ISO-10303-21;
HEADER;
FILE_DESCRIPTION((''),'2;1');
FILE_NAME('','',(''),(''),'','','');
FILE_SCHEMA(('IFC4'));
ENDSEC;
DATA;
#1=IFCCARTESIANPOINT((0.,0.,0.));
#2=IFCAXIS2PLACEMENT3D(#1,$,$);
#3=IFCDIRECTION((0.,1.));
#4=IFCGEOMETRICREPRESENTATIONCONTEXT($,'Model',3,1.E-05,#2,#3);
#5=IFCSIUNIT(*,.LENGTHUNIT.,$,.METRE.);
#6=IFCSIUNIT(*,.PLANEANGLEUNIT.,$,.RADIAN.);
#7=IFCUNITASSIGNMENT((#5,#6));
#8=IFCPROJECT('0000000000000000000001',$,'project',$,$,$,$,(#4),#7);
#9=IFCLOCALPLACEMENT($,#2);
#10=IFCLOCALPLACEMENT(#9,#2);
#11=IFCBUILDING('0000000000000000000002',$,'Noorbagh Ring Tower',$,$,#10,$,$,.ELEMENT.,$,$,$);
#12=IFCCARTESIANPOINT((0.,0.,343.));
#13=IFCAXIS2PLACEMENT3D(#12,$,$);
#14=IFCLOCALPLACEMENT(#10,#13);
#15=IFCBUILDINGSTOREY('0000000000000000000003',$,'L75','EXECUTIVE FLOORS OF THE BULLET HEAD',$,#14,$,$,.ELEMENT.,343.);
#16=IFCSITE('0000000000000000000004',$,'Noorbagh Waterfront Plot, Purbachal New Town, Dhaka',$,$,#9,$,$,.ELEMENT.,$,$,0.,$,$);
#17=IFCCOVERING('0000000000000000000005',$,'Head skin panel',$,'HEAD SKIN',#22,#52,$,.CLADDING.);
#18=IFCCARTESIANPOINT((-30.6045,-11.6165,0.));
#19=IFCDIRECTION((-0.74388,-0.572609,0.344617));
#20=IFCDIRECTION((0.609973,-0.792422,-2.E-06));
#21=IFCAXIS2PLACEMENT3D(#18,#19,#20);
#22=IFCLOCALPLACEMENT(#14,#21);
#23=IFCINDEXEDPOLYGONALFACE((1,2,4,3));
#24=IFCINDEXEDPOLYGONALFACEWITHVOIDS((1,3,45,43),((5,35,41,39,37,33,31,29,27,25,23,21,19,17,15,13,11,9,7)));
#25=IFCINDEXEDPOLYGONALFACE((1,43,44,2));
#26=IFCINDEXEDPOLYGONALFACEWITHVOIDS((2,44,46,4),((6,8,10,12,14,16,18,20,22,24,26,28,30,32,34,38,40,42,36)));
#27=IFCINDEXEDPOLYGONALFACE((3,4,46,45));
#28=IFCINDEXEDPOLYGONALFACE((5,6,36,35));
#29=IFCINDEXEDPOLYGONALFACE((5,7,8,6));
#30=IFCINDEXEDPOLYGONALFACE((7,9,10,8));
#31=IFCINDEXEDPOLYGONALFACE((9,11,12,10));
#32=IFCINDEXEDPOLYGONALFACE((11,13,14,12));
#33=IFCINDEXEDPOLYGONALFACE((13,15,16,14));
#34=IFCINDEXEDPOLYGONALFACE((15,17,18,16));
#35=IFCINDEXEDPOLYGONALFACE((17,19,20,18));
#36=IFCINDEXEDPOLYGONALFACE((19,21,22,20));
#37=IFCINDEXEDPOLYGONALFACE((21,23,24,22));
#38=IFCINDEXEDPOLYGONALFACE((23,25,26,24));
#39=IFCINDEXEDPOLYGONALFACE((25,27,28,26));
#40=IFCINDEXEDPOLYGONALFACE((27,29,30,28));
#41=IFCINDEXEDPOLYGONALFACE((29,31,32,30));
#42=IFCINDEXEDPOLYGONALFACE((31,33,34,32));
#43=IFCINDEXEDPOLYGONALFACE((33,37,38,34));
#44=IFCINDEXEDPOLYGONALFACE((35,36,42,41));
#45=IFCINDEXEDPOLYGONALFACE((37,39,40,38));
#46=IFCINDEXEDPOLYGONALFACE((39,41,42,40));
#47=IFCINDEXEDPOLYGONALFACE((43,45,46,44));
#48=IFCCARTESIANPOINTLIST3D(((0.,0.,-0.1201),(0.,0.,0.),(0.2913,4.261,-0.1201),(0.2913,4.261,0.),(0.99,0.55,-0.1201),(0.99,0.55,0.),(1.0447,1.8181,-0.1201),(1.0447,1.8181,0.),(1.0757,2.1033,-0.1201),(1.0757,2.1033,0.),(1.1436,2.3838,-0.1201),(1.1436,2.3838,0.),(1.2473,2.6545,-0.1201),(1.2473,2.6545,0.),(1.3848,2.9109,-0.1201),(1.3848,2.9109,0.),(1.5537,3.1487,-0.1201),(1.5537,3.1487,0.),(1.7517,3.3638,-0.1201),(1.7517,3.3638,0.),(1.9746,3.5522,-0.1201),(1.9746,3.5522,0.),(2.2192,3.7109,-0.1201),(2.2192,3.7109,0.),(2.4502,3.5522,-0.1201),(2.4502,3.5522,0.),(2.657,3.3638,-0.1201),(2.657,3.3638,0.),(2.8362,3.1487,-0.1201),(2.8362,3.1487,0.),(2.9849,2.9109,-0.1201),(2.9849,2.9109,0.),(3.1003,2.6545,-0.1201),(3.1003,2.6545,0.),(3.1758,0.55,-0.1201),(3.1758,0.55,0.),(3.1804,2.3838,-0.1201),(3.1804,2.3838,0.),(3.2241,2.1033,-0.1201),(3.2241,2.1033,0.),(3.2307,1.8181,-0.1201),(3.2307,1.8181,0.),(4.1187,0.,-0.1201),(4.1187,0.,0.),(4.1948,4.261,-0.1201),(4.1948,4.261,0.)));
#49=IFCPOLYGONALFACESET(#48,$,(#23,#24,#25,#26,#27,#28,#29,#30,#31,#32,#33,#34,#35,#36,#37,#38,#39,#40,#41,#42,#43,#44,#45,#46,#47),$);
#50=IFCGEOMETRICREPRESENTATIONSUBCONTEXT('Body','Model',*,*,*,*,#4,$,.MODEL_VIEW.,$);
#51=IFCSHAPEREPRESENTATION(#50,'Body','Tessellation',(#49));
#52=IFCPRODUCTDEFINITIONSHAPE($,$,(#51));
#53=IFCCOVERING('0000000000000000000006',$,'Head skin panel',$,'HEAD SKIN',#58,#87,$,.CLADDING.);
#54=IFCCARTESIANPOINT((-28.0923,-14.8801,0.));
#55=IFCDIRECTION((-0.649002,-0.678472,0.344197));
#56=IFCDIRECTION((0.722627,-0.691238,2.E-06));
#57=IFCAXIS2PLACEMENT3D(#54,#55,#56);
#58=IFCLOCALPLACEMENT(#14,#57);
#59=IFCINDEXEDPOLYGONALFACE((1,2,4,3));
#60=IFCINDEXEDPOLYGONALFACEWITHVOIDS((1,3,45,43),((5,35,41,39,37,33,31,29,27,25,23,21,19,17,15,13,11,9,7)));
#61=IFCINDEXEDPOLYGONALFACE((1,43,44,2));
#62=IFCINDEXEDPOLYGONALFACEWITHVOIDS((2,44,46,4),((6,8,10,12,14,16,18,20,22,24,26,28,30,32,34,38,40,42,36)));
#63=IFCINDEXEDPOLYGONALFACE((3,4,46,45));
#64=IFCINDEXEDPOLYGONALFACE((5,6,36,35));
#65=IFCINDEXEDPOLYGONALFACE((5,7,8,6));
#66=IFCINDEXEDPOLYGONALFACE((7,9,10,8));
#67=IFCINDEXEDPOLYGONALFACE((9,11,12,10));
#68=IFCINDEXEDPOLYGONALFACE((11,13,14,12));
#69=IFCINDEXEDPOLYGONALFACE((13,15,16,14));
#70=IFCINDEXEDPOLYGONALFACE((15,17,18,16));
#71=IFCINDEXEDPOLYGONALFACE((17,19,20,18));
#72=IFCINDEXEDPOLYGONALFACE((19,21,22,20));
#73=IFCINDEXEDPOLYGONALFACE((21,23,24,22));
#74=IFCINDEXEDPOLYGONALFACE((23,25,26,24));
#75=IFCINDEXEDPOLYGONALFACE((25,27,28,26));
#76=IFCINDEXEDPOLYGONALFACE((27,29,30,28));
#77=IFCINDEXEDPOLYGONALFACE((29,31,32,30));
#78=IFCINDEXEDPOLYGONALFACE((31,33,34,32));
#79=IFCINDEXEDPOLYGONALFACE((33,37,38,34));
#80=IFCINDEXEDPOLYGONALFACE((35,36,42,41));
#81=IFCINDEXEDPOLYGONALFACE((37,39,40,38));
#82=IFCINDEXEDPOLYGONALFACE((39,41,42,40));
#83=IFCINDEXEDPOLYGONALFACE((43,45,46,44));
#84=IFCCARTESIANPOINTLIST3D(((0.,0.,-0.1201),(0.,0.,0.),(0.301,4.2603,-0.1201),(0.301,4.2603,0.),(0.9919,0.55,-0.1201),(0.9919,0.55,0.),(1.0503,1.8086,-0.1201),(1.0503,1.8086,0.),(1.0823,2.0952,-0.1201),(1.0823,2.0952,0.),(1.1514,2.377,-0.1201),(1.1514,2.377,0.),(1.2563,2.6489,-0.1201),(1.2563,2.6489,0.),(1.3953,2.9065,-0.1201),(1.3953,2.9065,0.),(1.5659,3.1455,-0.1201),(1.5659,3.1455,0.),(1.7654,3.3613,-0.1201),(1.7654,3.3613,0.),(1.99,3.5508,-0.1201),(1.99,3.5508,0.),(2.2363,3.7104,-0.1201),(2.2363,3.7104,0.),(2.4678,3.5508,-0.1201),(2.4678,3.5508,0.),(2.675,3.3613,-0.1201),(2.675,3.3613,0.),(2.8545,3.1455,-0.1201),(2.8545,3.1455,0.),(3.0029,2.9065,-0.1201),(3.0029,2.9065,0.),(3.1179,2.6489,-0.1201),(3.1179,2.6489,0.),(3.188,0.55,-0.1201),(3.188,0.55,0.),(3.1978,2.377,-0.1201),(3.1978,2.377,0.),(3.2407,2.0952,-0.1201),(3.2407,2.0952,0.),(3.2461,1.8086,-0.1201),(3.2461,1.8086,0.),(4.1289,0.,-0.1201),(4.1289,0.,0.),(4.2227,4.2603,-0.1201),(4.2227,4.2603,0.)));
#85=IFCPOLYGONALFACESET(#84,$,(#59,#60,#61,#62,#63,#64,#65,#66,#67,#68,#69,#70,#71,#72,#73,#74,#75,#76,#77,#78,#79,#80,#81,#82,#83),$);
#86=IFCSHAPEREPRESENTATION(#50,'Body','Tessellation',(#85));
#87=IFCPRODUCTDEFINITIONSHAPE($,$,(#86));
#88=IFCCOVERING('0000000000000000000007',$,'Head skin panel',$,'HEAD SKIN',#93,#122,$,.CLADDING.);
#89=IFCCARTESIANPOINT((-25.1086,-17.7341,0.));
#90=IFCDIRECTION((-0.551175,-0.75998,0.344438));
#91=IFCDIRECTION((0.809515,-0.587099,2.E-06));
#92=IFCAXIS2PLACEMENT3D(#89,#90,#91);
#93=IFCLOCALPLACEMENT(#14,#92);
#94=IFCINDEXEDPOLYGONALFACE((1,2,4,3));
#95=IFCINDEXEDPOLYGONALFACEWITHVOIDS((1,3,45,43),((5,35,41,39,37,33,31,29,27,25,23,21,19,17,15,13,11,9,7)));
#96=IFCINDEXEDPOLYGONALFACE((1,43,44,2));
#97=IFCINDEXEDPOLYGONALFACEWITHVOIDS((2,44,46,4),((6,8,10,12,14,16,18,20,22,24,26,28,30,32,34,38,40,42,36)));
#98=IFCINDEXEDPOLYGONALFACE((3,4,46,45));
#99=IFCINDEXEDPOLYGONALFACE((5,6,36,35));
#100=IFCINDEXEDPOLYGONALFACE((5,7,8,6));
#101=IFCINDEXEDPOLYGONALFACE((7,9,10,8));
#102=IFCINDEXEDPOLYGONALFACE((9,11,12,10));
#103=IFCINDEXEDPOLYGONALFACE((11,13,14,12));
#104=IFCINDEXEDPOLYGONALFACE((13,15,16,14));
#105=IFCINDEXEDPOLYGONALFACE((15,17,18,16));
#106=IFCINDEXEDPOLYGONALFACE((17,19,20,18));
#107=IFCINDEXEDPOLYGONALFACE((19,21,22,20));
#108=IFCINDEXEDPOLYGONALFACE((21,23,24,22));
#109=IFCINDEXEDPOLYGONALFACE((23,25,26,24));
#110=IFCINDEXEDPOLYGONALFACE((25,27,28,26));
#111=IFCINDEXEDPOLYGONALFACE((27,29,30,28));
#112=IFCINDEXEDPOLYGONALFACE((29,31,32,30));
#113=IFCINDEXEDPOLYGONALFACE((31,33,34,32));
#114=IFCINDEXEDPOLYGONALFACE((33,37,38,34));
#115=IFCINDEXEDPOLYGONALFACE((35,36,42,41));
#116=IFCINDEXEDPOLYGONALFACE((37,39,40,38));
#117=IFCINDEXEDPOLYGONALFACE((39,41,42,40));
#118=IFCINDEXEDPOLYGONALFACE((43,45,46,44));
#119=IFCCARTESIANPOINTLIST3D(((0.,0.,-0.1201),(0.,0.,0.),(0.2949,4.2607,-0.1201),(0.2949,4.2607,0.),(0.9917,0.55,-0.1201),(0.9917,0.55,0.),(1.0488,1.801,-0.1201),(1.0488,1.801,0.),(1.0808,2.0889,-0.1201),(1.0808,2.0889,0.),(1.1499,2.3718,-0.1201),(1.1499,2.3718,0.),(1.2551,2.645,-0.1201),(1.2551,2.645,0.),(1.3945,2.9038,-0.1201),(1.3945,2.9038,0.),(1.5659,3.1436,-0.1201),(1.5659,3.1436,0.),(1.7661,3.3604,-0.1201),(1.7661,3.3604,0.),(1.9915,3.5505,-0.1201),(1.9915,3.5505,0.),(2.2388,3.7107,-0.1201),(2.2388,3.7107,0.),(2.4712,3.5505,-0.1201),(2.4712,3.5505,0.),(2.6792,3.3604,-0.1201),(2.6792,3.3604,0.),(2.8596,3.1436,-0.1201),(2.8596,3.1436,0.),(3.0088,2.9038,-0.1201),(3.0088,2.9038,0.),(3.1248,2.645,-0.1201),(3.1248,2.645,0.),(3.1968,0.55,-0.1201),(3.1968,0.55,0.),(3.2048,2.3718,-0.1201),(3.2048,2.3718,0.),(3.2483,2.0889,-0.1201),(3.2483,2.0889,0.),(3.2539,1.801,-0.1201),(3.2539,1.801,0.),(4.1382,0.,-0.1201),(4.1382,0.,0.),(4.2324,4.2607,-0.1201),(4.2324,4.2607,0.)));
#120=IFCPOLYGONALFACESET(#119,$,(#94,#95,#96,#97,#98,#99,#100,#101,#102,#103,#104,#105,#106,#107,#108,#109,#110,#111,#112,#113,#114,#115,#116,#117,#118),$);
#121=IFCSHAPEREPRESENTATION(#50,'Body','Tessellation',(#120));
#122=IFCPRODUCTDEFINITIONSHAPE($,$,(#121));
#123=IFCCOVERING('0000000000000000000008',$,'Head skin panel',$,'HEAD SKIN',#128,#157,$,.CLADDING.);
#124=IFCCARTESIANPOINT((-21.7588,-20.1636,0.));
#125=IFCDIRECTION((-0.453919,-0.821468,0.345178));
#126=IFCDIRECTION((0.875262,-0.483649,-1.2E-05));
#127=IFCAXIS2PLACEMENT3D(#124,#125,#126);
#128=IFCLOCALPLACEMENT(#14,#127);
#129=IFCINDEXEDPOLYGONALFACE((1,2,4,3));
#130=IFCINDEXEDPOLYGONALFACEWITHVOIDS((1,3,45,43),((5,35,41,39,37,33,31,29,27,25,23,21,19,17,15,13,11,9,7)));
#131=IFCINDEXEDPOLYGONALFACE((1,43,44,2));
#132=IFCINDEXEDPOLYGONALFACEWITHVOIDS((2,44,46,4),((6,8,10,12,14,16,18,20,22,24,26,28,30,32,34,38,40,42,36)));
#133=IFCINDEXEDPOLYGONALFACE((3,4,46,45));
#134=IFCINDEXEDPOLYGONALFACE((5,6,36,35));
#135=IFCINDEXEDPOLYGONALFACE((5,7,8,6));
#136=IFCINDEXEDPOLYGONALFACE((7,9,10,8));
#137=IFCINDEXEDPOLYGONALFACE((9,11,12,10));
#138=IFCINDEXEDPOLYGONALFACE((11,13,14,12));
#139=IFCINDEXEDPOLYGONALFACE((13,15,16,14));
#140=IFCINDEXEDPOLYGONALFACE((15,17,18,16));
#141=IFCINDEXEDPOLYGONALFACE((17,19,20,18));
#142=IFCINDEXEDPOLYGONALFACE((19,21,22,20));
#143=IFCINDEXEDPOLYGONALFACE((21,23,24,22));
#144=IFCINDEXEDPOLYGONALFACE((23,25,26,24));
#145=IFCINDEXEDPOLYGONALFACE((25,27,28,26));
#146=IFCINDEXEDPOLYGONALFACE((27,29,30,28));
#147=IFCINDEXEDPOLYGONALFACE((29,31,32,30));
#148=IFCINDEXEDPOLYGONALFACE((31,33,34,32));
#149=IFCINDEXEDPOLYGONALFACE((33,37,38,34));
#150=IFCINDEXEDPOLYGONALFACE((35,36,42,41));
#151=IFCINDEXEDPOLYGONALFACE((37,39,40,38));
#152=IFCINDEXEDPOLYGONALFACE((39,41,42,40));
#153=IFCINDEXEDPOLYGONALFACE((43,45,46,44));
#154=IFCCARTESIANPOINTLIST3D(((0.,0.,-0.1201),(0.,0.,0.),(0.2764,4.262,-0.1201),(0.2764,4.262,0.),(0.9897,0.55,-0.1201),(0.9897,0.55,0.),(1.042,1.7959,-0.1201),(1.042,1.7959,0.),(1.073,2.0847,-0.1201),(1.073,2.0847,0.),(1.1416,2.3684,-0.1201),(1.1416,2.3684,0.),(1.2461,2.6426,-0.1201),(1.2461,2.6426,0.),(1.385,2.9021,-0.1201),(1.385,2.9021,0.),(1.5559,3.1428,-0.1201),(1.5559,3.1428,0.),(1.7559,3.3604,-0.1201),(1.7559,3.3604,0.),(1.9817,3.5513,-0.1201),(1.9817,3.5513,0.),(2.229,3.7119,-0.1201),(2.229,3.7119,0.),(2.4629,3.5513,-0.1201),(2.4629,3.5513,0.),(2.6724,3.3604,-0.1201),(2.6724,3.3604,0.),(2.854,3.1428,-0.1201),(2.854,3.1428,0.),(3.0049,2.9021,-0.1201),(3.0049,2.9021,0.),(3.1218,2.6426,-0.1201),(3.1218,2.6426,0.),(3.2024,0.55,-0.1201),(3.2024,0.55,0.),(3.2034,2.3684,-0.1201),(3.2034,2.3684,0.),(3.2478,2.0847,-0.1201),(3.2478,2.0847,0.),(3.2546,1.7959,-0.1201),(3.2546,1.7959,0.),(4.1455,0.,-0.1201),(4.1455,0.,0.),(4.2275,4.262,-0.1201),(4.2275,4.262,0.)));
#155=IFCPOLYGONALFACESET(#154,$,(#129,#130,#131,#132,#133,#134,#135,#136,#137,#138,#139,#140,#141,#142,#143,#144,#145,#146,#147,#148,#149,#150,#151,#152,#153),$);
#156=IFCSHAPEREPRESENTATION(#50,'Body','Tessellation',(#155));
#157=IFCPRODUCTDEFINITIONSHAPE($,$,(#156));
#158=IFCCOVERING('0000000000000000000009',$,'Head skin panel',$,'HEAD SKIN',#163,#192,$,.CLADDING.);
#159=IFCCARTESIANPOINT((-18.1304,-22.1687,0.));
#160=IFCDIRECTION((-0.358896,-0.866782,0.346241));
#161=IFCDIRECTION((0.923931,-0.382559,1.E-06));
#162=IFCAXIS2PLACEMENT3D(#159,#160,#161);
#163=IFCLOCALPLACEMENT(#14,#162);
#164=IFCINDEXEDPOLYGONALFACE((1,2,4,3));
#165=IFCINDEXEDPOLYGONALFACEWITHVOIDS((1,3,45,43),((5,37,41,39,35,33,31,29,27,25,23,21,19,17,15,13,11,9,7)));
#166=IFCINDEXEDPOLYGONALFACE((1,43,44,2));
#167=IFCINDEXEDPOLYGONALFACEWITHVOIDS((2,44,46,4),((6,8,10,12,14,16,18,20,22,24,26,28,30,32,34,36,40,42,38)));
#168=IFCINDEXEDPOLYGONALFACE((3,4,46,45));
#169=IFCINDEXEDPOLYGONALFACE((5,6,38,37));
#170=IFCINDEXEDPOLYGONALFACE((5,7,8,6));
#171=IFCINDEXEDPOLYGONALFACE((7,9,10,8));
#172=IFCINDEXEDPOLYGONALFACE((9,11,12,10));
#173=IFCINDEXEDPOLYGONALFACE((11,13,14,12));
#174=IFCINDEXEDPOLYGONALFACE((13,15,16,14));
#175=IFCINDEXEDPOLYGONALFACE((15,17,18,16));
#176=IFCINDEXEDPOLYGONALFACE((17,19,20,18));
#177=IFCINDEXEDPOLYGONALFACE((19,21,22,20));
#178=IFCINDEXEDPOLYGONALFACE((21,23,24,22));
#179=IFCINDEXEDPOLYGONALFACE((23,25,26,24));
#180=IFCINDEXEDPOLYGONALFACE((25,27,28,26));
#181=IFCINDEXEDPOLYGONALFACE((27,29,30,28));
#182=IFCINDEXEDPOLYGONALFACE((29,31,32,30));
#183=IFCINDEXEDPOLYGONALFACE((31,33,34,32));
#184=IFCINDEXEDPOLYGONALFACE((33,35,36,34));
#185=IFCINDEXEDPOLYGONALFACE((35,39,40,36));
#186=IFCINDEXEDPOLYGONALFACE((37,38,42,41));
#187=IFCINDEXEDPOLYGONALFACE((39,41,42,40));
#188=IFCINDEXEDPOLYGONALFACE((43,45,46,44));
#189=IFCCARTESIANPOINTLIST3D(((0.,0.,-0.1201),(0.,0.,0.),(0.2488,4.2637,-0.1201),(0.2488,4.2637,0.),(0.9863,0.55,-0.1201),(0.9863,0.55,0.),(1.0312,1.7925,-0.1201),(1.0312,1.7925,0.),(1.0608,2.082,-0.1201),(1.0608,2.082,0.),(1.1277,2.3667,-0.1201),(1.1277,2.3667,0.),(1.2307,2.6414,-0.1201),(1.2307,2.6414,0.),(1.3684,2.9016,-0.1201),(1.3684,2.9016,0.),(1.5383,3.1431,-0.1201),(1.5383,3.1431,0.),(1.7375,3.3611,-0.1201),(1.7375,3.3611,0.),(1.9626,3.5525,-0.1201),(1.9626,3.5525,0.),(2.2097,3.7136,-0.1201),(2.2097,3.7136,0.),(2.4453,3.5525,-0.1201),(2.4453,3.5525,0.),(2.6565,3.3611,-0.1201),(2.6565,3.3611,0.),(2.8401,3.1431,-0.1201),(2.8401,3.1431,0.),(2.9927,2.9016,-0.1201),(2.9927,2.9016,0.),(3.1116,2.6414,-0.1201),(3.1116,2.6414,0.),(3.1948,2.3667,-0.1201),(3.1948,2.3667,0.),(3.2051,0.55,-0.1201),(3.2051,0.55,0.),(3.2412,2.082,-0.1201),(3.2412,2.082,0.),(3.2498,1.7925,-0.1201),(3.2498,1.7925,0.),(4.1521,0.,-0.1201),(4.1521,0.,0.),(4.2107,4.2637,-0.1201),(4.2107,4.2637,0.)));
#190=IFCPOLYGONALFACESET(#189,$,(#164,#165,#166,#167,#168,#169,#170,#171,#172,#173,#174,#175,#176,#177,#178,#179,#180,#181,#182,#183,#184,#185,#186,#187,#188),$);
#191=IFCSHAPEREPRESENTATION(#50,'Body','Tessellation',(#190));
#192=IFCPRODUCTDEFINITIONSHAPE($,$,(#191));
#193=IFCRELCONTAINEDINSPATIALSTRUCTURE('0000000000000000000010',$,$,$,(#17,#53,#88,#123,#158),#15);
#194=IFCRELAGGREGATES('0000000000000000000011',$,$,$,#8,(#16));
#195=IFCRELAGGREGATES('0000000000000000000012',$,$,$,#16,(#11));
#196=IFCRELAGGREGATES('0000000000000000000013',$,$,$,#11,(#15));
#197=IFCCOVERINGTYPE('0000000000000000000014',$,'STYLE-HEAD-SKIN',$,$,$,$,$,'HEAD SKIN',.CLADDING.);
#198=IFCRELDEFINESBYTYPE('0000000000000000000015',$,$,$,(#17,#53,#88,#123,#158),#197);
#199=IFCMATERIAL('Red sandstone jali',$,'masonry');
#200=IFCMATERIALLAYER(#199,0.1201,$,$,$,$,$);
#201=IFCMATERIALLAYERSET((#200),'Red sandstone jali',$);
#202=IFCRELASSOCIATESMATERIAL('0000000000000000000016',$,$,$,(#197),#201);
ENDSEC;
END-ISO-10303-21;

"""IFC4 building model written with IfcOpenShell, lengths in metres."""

from ifc_helpers import new_model, si_unit, direction, frame, origin, place, context, subcontext, project, spatial, polyline, outline, extrude, material, layer, layer_set, type_object, element, save


model = new_model("IFC4")

# Units and contexts
model_context = context("Model", 3, precision=1e-05, world=origin(), true_north=direction((0.0, 1.0)))
body_context = subcontext(model_context, "Body", "Model", "MODEL_VIEW")
ifc_project = project(units=[si_unit("LENGTHUNIT", "METRE"), si_unit("PLANEANGLEUNIT", "RADIAN")], contexts=[model_context])

# Site, building, storey
site_placement = place(None, origin())
site = spatial("IfcSite", under=ifc_project, at=site_placement, Name="Noorbagh Waterfront Plot, Purbachal New Town, Dhaka", CompositionType="ELEMENT", RefElevation=0.0)
building_placement = place(site_placement, origin())
building = spatial("IfcBuilding", under=site, at=building_placement, Name="Noorbagh Ring Tower", CompositionType="ELEMENT")
storey_placement = place(building_placement, frame((0.0, 0.0, 343.0)))
storey = spatial("IfcBuildingStorey", under=building, at=storey_placement, Name="L75", Description="EXECUTIVE FLOORS OF THE BULLET HEAD", CompositionType="ELEMENT", Elevation=343.0)

# Coverings
ifc_material_1 = material(Name="Red sandstone jali", Category="masonry")
ifc_layer_1 = layer(ifc_material_1, 0.1201)
ifc_layer_set_1 = layer_set([ifc_layer_1], Name="Red sandstone jali")
covering_type_1 = type_object("IfcCoveringType", Name="STYLE-HEAD-SKIN", ElementType="HEAD SKIN", PredefinedType="CLADDING", material=ifc_layer_set_1)
covering_1_placement = place(storey_placement, frame((-30.6045, -11.6165, 0.0), z_axis=(-0.74388, -0.572609, 0.344617), x_axis=(0.609973, -0.792422, -0.000002)))
element("IfcCovering", 1, at=covering_1_placement, inside=storey, type_object=covering_type_1, Name="Head skin panel", ObjectType="HEAD SKIN", PredefinedType="CLADDING", context=body_context, shape_type="SweptSolid", body=[
    extrude(outline(polyline([(0.0, 0.0), (4.1187, 0.0), (4.1948, 4.261), (0.2913, 4.261), (0.0, 0.0)]), holes=[polyline([(0.99, 0.55), (1.0447, 1.8181), (1.0757, 2.1033), (1.1436, 2.3838), (1.2473, 2.6545), (1.3848, 2.9109), (1.5537, 3.1487), (1.7517, 3.3638), (1.9746, 3.5522), (2.2192, 3.7109), (2.4502, 3.5522), (2.657, 3.3638), (2.8362, 3.1487), (2.9849, 2.9109), (3.1003, 2.6545), (3.1804, 2.3838), (3.2241, 2.1033), (3.2307, 1.8181), (3.1758, 0.55), (0.99, 0.55)])]), origin(), (0.0, 0.0, -1.0), 0.1201),
])
covering_2_placement = place(storey_placement, frame((-28.0923, -14.8801, 0.0), z_axis=(-0.649002, -0.678472, 0.344197), x_axis=(0.722627, -0.691238, 0.000002)))
element("IfcCovering", 2, at=covering_2_placement, inside=storey, type_object=covering_type_1, Name="Head skin panel", ObjectType="HEAD SKIN", PredefinedType="CLADDING", context=body_context, shape_type="SweptSolid", body=[
    extrude(outline(polyline([(0.0, 0.0), (4.1289, 0.0), (4.2227, 4.2603), (0.301, 4.2603), (0.0, 0.0)]), holes=[polyline([(0.9919, 0.55), (1.0503, 1.8086), (1.0823, 2.0952), (1.1514, 2.377), (1.2563, 2.6489), (1.3953, 2.9065), (1.5659, 3.1455), (1.7654, 3.3613), (1.99, 3.5508), (2.2363, 3.7104), (2.4678, 3.5508), (2.675, 3.3613), (2.8545, 3.1455), (3.0029, 2.9065), (3.1179, 2.6489), (3.1978, 2.377), (3.2407, 2.0952), (3.2461, 1.8086), (3.188, 0.55), (0.9919, 0.55)])]), origin(), (0.0, 0.0, -1.0), 0.1201),
])
covering_3_placement = place(storey_placement, frame((-25.1086, -17.7341, 0.0), z_axis=(-0.551175, -0.75998, 0.344438), x_axis=(0.809515, -0.587099, 0.000002)))
element("IfcCovering", 3, at=covering_3_placement, inside=storey, type_object=covering_type_1, Name="Head skin panel", ObjectType="HEAD SKIN", PredefinedType="CLADDING", context=body_context, shape_type="SweptSolid", body=[
    extrude(outline(polyline([(0.0, 0.0), (4.1382, 0.0), (4.2324, 4.2607), (0.2949, 4.2607), (0.0, 0.0)]), holes=[polyline([(0.9917, 0.55), (1.0488, 1.801), (1.0808, 2.0889), (1.1499, 2.3718), (1.2551, 2.645), (1.3945, 2.9038), (1.5659, 3.1436), (1.7661, 3.3604), (1.9915, 3.5505), (2.2388, 3.7107), (2.4712, 3.5505), (2.6792, 3.3604), (2.8596, 3.1436), (3.0088, 2.9038), (3.1248, 2.645), (3.2048, 2.3718), (3.2483, 2.0889), (3.2539, 1.801), (3.1968, 0.55), (0.9917, 0.55)])]), origin(), (0.0, 0.0, -1.0), 0.1201),
])
covering_4_placement = place(storey_placement, frame((-21.7588, -20.1636, 0.0), z_axis=(-0.453919, -0.821468, 0.345178), x_axis=(0.875262, -0.483649, -0.000012)))
element("IfcCovering", 4, at=covering_4_placement, inside=storey, type_object=covering_type_1, Name="Head skin panel", ObjectType="HEAD SKIN", PredefinedType="CLADDING", context=body_context, shape_type="SweptSolid", body=[
    extrude(outline(polyline([(0.0, 0.0), (4.1455, 0.0), (4.2275, 4.262), (0.2764, 4.262), (0.0, 0.0)]), holes=[polyline([(0.9897, 0.55), (1.042, 1.7959), (1.073, 2.0847), (1.1416, 2.3684), (1.2461, 2.6426), (1.385, 2.9021), (1.5559, 3.1428), (1.7559, 3.3604), (1.9817, 3.5513), (2.229, 3.7119), (2.4629, 3.5513), (2.6724, 3.3604), (2.854, 3.1428), (3.0049, 2.9021), (3.1218, 2.6426), (3.2034, 2.3684), (3.2478, 2.0847), (3.2546, 1.7959), (3.2024, 0.55), (0.9897, 0.55)])]), origin(), (0.0, 0.0, -1.0), 0.1201),
])
covering_5_placement = place(storey_placement, frame((-18.1304, -22.1687, 0.0), z_axis=(-0.358896, -0.866782, 0.346241), x_axis=(0.923931, -0.382559, 0.000001)))
element("IfcCovering", 5, at=covering_5_placement, inside=storey, type_object=covering_type_1, Name="Head skin panel", ObjectType="HEAD SKIN", PredefinedType="CLADDING", context=body_context, shape_type="SweptSolid", body=[
    extrude(outline(polyline([(0.0, 0.0), (4.1521, 0.0), (4.2107, 4.2637), (0.2488, 4.2637), (0.0, 0.0)]), holes=[polyline([(0.9863, 0.55), (1.0312, 1.7925), (1.0608, 2.082), (1.1277, 2.3667), (1.2307, 2.6414), (1.3684, 2.9016), (1.5383, 3.1431), (1.7375, 3.3611), (1.9626, 3.5525), (2.2097, 3.7136), (2.4453, 3.5525), (2.6565, 3.3611), (2.8401, 3.1431), (2.9927, 2.9016), (3.1116, 2.6414), (3.1948, 2.3667), (3.2412, 2.082), (3.2498, 1.7925), (3.2051, 0.55), (0.9863, 0.55)])]), origin(), (0.0, 0.0, -1.0), 0.1201),
])

save(model, "model.ifc")
